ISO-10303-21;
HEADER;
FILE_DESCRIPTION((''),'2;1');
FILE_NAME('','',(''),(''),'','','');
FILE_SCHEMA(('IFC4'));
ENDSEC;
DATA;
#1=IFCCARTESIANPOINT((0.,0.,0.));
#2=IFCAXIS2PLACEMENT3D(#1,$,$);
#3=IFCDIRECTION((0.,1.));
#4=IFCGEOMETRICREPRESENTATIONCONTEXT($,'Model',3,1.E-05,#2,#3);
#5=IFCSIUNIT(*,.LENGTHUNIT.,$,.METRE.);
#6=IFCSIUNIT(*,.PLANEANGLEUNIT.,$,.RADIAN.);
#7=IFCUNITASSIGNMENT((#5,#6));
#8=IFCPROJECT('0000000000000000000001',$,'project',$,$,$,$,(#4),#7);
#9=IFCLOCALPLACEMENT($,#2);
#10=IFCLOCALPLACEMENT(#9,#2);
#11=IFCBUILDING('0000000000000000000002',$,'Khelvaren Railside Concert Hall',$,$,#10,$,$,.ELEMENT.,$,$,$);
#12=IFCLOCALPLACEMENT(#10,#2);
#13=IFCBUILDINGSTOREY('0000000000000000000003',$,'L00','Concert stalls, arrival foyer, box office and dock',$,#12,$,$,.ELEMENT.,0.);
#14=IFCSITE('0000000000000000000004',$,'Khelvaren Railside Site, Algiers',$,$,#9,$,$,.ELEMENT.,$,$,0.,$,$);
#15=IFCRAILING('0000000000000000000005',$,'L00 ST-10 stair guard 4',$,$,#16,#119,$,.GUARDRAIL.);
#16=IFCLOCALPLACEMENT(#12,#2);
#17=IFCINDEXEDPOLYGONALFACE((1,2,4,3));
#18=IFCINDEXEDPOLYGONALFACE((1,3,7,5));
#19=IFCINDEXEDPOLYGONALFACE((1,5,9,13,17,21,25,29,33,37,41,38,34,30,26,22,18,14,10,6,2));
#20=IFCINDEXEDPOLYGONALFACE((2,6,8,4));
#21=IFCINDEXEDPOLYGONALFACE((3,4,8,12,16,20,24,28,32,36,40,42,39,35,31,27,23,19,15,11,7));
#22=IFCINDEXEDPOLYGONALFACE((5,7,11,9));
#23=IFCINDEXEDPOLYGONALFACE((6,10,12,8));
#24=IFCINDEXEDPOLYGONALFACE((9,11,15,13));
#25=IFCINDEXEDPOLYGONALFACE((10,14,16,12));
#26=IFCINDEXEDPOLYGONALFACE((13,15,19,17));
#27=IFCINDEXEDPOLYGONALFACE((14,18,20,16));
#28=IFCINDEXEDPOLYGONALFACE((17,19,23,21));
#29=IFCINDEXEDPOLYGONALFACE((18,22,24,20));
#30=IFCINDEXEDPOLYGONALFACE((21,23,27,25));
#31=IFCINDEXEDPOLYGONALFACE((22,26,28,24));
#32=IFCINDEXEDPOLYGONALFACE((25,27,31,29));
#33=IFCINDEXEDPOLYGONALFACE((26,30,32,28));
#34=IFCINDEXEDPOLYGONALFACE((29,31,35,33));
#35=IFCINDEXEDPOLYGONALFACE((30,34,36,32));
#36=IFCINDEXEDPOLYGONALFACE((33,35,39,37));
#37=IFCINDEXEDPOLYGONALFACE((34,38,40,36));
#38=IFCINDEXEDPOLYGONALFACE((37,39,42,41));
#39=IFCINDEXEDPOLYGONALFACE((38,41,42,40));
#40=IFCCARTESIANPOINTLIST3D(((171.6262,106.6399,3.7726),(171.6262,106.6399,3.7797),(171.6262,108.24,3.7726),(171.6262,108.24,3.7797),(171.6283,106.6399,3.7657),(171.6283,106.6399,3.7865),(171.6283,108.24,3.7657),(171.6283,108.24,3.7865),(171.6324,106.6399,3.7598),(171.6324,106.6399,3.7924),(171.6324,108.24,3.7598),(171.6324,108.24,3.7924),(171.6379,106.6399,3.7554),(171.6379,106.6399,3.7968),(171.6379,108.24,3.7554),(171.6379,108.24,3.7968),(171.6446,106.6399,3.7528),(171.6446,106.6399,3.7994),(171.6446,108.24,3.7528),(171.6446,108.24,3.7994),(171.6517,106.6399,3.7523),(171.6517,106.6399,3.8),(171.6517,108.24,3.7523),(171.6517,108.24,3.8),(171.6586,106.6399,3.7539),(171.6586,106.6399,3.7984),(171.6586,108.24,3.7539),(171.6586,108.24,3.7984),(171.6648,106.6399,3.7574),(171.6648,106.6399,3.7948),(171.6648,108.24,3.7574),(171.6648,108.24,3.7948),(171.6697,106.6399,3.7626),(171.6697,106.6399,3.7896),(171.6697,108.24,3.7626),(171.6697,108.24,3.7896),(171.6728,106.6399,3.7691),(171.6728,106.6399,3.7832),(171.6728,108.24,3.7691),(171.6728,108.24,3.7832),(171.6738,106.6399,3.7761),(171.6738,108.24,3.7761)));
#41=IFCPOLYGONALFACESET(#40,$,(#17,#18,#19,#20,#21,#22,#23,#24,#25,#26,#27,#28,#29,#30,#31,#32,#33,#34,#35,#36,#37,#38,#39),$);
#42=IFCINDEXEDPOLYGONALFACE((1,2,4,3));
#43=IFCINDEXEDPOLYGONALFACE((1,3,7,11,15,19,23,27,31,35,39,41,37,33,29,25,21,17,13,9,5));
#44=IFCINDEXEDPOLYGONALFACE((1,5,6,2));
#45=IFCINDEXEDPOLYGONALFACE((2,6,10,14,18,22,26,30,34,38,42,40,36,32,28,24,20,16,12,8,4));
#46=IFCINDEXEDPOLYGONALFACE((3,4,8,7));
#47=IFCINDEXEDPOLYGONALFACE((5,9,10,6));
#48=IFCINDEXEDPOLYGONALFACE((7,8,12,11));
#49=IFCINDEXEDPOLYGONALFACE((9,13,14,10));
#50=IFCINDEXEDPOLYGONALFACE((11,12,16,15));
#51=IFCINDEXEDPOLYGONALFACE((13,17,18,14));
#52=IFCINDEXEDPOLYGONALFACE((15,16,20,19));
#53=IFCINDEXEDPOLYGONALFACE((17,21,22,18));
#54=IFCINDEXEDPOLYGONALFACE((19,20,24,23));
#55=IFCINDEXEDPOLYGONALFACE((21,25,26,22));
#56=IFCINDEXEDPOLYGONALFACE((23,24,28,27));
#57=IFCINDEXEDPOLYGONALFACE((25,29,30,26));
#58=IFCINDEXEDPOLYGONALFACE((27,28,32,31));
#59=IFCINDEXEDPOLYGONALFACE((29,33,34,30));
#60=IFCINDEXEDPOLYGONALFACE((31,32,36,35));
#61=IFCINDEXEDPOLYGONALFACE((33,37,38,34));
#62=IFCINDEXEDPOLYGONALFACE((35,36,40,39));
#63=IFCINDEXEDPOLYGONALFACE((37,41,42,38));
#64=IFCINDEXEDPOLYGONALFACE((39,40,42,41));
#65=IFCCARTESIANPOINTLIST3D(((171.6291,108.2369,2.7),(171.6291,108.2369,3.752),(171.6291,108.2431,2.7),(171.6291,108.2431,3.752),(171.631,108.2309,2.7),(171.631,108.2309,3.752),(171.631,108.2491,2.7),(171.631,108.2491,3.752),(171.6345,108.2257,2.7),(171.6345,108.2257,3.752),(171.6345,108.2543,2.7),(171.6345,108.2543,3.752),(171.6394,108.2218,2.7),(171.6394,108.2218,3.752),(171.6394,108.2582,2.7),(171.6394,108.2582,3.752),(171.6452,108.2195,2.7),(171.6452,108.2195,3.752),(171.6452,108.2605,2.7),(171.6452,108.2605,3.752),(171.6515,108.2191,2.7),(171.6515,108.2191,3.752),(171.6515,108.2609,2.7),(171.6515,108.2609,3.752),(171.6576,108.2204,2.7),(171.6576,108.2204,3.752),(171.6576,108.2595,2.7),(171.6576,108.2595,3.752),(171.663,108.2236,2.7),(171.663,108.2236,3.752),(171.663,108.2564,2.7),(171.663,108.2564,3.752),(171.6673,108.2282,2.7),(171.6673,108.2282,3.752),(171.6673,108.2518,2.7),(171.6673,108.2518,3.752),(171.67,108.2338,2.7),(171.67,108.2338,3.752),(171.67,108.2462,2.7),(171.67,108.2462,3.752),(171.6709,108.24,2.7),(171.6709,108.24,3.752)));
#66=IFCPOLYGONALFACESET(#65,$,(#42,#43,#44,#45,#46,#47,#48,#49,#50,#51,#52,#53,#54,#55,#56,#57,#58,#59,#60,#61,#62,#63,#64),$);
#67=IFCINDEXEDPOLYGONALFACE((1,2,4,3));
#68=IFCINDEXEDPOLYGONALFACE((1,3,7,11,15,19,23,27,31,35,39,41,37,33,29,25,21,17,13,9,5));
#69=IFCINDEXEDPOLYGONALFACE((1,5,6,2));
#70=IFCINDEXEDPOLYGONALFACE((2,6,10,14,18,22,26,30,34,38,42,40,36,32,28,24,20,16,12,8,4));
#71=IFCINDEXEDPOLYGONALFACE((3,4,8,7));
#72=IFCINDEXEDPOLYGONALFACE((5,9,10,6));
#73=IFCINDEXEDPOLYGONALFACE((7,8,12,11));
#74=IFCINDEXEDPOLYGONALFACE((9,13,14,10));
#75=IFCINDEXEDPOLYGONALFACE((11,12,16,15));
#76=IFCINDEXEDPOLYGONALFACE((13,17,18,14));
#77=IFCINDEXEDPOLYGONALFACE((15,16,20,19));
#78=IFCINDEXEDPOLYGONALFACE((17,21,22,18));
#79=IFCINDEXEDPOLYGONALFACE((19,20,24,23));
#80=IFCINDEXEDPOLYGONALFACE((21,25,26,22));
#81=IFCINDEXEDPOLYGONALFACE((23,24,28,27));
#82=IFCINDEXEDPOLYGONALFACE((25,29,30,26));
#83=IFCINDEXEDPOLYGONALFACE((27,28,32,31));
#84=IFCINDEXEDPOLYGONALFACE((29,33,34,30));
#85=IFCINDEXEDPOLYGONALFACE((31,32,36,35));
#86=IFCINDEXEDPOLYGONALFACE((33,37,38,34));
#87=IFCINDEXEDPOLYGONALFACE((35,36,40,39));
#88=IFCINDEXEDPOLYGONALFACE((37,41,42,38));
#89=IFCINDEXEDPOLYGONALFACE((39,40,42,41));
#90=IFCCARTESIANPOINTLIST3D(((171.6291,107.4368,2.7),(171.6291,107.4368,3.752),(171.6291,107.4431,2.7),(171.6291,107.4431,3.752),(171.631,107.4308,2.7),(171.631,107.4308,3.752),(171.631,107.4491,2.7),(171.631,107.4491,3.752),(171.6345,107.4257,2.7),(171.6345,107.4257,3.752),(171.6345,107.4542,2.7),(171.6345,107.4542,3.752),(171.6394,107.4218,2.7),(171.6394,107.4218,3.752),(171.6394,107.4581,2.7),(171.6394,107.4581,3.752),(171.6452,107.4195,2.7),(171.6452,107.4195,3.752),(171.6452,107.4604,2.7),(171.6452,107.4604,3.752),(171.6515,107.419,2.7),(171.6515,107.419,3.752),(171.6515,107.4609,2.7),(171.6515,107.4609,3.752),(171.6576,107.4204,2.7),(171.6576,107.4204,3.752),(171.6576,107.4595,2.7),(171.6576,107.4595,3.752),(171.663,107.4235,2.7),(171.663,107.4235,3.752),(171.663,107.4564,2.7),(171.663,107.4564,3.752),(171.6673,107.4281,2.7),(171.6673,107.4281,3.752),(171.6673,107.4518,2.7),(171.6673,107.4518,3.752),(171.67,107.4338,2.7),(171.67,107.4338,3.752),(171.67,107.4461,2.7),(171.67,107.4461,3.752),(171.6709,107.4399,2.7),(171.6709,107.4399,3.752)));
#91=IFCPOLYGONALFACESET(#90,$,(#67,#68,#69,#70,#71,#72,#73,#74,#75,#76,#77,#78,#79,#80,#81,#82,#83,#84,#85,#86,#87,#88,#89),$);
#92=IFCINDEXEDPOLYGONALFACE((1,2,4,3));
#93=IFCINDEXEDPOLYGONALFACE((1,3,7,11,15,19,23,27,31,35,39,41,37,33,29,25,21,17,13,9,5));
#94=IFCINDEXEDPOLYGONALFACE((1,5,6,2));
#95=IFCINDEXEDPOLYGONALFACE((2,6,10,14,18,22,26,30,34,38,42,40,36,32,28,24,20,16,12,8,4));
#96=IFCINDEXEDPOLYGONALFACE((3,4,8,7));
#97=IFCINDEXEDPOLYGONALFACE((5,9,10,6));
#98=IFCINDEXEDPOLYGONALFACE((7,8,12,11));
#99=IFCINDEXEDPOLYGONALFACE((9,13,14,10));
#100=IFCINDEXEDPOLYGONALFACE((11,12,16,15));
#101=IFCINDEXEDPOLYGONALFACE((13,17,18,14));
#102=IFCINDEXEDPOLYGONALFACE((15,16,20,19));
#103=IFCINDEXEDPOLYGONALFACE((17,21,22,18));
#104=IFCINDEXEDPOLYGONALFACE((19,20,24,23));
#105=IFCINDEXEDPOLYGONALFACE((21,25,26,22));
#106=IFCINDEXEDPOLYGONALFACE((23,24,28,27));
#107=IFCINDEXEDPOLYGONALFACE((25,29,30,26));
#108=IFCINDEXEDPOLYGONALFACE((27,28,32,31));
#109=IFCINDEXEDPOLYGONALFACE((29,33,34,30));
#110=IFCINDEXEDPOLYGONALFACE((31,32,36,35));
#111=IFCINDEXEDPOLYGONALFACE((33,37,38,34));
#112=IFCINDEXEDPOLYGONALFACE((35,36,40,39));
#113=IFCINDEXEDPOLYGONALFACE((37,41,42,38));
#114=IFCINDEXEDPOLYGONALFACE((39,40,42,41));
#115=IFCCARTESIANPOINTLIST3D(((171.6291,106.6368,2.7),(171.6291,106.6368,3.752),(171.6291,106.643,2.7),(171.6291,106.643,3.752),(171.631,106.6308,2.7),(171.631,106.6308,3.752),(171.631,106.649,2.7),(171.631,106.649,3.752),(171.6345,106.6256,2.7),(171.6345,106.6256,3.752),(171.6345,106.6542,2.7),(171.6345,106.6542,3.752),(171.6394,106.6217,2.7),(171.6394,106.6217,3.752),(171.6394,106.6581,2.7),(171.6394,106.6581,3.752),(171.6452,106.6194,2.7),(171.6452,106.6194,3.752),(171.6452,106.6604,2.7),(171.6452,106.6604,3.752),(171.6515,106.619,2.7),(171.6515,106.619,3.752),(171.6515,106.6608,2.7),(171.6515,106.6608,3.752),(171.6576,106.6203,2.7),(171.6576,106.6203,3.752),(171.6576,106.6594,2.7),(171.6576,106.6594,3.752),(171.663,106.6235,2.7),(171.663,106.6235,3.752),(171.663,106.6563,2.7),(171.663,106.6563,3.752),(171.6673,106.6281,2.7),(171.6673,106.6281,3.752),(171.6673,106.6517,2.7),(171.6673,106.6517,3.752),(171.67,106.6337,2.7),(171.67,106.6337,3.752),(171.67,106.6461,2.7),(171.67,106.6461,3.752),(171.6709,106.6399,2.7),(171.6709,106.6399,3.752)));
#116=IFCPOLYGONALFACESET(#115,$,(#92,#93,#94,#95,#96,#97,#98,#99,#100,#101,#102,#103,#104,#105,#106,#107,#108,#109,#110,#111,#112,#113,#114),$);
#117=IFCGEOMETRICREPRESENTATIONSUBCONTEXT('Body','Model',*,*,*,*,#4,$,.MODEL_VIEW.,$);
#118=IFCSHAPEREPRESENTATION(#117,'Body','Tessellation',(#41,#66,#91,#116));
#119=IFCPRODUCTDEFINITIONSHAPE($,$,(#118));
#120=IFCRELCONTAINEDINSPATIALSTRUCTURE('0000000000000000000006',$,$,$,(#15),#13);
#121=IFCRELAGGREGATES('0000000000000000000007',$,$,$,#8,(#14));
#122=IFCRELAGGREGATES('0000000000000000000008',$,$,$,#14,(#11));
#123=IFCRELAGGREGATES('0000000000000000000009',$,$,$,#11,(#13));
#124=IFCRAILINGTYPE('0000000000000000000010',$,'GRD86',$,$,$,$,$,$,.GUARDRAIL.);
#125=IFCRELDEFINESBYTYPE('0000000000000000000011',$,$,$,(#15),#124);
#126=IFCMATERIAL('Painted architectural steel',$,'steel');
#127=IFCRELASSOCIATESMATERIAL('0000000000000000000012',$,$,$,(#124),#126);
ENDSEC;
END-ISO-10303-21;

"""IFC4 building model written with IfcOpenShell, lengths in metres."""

from ifc_helpers import new_model, si_unit, direction, frame, origin, origin_2d, place, context, subcontext, project, spatial, circle, extrude, material, type_object, element, save


model = new_model("IFC4")

# Units and contexts
model_context = context("Model", 3, precision=1e-05, world=origin(), true_north=direction((0.0, 1.0)))
body_context = subcontext(model_context, "Body", "Model", "MODEL_VIEW")
ifc_project = project(units=[si_unit("LENGTHUNIT", "METRE"), si_unit("PLANEANGLEUNIT", "RADIAN")], contexts=[model_context])

# Site, building, storey
site_placement = place(None, origin())
site = spatial("IfcSite", under=ifc_project, at=site_placement, Name="Khelvaren Railside Site, Algiers", CompositionType="ELEMENT", RefElevation=0.0)
building_placement = place(site_placement, origin())
building = spatial("IfcBuilding", under=site, at=building_placement, Name="Khelvaren Railside Concert Hall", CompositionType="ELEMENT")
storey_placement = place(building_placement, origin())
storey = spatial("IfcBuildingStorey", under=building, at=storey_placement, Name="L00", Description="Concert stalls, arrival foyer, box office and dock", CompositionType="ELEMENT", Elevation=0.0)

# Railing
ifc_material_1 = material(Name="Painted architectural steel", Category="steel")
railing_type_1 = type_object("IfcRailingType", Name="GRD86", PredefinedType="GUARDRAIL", material=ifc_material_1)
for number, where, name in (
    (1, (171.6499, 108.24, 2.7), "L00 ST-10 stair guard 4"),
):
    element("IfcRailing", number, at=place(storey_placement, frame(where)), inside=storey, type_object=railing_type_1, Name=name, PredefinedType="GUARDRAIL", context=body_context, shape_type="SweptSolid", body=[
        extrude(circle(Radius=0.0239, at=origin_2d()), frame((0.0, 0.0, 1.0762), z_axis=(0.0, -1.0, 0.0), x_axis=(1.0, 0.0, 0.0)), (0.0, 0.0, 1.0), 1.6001),
        extrude(circle(Radius=0.021, at=origin_2d()), origin(), (0.0, 0.0, 1.0), 1.052),
        extrude(circle(Radius=0.021, at=origin_2d()), frame((0.0, -0.8, 0.0)), (0.0, 0.0, 1.0), 1.052),
        extrude(circle(Radius=0.021, at=origin_2d()), frame((0.0, -1.6001, 0.0)), (0.0, 0.0, 1.0), 1.052),
    ])

save(model, "model.ifc")
